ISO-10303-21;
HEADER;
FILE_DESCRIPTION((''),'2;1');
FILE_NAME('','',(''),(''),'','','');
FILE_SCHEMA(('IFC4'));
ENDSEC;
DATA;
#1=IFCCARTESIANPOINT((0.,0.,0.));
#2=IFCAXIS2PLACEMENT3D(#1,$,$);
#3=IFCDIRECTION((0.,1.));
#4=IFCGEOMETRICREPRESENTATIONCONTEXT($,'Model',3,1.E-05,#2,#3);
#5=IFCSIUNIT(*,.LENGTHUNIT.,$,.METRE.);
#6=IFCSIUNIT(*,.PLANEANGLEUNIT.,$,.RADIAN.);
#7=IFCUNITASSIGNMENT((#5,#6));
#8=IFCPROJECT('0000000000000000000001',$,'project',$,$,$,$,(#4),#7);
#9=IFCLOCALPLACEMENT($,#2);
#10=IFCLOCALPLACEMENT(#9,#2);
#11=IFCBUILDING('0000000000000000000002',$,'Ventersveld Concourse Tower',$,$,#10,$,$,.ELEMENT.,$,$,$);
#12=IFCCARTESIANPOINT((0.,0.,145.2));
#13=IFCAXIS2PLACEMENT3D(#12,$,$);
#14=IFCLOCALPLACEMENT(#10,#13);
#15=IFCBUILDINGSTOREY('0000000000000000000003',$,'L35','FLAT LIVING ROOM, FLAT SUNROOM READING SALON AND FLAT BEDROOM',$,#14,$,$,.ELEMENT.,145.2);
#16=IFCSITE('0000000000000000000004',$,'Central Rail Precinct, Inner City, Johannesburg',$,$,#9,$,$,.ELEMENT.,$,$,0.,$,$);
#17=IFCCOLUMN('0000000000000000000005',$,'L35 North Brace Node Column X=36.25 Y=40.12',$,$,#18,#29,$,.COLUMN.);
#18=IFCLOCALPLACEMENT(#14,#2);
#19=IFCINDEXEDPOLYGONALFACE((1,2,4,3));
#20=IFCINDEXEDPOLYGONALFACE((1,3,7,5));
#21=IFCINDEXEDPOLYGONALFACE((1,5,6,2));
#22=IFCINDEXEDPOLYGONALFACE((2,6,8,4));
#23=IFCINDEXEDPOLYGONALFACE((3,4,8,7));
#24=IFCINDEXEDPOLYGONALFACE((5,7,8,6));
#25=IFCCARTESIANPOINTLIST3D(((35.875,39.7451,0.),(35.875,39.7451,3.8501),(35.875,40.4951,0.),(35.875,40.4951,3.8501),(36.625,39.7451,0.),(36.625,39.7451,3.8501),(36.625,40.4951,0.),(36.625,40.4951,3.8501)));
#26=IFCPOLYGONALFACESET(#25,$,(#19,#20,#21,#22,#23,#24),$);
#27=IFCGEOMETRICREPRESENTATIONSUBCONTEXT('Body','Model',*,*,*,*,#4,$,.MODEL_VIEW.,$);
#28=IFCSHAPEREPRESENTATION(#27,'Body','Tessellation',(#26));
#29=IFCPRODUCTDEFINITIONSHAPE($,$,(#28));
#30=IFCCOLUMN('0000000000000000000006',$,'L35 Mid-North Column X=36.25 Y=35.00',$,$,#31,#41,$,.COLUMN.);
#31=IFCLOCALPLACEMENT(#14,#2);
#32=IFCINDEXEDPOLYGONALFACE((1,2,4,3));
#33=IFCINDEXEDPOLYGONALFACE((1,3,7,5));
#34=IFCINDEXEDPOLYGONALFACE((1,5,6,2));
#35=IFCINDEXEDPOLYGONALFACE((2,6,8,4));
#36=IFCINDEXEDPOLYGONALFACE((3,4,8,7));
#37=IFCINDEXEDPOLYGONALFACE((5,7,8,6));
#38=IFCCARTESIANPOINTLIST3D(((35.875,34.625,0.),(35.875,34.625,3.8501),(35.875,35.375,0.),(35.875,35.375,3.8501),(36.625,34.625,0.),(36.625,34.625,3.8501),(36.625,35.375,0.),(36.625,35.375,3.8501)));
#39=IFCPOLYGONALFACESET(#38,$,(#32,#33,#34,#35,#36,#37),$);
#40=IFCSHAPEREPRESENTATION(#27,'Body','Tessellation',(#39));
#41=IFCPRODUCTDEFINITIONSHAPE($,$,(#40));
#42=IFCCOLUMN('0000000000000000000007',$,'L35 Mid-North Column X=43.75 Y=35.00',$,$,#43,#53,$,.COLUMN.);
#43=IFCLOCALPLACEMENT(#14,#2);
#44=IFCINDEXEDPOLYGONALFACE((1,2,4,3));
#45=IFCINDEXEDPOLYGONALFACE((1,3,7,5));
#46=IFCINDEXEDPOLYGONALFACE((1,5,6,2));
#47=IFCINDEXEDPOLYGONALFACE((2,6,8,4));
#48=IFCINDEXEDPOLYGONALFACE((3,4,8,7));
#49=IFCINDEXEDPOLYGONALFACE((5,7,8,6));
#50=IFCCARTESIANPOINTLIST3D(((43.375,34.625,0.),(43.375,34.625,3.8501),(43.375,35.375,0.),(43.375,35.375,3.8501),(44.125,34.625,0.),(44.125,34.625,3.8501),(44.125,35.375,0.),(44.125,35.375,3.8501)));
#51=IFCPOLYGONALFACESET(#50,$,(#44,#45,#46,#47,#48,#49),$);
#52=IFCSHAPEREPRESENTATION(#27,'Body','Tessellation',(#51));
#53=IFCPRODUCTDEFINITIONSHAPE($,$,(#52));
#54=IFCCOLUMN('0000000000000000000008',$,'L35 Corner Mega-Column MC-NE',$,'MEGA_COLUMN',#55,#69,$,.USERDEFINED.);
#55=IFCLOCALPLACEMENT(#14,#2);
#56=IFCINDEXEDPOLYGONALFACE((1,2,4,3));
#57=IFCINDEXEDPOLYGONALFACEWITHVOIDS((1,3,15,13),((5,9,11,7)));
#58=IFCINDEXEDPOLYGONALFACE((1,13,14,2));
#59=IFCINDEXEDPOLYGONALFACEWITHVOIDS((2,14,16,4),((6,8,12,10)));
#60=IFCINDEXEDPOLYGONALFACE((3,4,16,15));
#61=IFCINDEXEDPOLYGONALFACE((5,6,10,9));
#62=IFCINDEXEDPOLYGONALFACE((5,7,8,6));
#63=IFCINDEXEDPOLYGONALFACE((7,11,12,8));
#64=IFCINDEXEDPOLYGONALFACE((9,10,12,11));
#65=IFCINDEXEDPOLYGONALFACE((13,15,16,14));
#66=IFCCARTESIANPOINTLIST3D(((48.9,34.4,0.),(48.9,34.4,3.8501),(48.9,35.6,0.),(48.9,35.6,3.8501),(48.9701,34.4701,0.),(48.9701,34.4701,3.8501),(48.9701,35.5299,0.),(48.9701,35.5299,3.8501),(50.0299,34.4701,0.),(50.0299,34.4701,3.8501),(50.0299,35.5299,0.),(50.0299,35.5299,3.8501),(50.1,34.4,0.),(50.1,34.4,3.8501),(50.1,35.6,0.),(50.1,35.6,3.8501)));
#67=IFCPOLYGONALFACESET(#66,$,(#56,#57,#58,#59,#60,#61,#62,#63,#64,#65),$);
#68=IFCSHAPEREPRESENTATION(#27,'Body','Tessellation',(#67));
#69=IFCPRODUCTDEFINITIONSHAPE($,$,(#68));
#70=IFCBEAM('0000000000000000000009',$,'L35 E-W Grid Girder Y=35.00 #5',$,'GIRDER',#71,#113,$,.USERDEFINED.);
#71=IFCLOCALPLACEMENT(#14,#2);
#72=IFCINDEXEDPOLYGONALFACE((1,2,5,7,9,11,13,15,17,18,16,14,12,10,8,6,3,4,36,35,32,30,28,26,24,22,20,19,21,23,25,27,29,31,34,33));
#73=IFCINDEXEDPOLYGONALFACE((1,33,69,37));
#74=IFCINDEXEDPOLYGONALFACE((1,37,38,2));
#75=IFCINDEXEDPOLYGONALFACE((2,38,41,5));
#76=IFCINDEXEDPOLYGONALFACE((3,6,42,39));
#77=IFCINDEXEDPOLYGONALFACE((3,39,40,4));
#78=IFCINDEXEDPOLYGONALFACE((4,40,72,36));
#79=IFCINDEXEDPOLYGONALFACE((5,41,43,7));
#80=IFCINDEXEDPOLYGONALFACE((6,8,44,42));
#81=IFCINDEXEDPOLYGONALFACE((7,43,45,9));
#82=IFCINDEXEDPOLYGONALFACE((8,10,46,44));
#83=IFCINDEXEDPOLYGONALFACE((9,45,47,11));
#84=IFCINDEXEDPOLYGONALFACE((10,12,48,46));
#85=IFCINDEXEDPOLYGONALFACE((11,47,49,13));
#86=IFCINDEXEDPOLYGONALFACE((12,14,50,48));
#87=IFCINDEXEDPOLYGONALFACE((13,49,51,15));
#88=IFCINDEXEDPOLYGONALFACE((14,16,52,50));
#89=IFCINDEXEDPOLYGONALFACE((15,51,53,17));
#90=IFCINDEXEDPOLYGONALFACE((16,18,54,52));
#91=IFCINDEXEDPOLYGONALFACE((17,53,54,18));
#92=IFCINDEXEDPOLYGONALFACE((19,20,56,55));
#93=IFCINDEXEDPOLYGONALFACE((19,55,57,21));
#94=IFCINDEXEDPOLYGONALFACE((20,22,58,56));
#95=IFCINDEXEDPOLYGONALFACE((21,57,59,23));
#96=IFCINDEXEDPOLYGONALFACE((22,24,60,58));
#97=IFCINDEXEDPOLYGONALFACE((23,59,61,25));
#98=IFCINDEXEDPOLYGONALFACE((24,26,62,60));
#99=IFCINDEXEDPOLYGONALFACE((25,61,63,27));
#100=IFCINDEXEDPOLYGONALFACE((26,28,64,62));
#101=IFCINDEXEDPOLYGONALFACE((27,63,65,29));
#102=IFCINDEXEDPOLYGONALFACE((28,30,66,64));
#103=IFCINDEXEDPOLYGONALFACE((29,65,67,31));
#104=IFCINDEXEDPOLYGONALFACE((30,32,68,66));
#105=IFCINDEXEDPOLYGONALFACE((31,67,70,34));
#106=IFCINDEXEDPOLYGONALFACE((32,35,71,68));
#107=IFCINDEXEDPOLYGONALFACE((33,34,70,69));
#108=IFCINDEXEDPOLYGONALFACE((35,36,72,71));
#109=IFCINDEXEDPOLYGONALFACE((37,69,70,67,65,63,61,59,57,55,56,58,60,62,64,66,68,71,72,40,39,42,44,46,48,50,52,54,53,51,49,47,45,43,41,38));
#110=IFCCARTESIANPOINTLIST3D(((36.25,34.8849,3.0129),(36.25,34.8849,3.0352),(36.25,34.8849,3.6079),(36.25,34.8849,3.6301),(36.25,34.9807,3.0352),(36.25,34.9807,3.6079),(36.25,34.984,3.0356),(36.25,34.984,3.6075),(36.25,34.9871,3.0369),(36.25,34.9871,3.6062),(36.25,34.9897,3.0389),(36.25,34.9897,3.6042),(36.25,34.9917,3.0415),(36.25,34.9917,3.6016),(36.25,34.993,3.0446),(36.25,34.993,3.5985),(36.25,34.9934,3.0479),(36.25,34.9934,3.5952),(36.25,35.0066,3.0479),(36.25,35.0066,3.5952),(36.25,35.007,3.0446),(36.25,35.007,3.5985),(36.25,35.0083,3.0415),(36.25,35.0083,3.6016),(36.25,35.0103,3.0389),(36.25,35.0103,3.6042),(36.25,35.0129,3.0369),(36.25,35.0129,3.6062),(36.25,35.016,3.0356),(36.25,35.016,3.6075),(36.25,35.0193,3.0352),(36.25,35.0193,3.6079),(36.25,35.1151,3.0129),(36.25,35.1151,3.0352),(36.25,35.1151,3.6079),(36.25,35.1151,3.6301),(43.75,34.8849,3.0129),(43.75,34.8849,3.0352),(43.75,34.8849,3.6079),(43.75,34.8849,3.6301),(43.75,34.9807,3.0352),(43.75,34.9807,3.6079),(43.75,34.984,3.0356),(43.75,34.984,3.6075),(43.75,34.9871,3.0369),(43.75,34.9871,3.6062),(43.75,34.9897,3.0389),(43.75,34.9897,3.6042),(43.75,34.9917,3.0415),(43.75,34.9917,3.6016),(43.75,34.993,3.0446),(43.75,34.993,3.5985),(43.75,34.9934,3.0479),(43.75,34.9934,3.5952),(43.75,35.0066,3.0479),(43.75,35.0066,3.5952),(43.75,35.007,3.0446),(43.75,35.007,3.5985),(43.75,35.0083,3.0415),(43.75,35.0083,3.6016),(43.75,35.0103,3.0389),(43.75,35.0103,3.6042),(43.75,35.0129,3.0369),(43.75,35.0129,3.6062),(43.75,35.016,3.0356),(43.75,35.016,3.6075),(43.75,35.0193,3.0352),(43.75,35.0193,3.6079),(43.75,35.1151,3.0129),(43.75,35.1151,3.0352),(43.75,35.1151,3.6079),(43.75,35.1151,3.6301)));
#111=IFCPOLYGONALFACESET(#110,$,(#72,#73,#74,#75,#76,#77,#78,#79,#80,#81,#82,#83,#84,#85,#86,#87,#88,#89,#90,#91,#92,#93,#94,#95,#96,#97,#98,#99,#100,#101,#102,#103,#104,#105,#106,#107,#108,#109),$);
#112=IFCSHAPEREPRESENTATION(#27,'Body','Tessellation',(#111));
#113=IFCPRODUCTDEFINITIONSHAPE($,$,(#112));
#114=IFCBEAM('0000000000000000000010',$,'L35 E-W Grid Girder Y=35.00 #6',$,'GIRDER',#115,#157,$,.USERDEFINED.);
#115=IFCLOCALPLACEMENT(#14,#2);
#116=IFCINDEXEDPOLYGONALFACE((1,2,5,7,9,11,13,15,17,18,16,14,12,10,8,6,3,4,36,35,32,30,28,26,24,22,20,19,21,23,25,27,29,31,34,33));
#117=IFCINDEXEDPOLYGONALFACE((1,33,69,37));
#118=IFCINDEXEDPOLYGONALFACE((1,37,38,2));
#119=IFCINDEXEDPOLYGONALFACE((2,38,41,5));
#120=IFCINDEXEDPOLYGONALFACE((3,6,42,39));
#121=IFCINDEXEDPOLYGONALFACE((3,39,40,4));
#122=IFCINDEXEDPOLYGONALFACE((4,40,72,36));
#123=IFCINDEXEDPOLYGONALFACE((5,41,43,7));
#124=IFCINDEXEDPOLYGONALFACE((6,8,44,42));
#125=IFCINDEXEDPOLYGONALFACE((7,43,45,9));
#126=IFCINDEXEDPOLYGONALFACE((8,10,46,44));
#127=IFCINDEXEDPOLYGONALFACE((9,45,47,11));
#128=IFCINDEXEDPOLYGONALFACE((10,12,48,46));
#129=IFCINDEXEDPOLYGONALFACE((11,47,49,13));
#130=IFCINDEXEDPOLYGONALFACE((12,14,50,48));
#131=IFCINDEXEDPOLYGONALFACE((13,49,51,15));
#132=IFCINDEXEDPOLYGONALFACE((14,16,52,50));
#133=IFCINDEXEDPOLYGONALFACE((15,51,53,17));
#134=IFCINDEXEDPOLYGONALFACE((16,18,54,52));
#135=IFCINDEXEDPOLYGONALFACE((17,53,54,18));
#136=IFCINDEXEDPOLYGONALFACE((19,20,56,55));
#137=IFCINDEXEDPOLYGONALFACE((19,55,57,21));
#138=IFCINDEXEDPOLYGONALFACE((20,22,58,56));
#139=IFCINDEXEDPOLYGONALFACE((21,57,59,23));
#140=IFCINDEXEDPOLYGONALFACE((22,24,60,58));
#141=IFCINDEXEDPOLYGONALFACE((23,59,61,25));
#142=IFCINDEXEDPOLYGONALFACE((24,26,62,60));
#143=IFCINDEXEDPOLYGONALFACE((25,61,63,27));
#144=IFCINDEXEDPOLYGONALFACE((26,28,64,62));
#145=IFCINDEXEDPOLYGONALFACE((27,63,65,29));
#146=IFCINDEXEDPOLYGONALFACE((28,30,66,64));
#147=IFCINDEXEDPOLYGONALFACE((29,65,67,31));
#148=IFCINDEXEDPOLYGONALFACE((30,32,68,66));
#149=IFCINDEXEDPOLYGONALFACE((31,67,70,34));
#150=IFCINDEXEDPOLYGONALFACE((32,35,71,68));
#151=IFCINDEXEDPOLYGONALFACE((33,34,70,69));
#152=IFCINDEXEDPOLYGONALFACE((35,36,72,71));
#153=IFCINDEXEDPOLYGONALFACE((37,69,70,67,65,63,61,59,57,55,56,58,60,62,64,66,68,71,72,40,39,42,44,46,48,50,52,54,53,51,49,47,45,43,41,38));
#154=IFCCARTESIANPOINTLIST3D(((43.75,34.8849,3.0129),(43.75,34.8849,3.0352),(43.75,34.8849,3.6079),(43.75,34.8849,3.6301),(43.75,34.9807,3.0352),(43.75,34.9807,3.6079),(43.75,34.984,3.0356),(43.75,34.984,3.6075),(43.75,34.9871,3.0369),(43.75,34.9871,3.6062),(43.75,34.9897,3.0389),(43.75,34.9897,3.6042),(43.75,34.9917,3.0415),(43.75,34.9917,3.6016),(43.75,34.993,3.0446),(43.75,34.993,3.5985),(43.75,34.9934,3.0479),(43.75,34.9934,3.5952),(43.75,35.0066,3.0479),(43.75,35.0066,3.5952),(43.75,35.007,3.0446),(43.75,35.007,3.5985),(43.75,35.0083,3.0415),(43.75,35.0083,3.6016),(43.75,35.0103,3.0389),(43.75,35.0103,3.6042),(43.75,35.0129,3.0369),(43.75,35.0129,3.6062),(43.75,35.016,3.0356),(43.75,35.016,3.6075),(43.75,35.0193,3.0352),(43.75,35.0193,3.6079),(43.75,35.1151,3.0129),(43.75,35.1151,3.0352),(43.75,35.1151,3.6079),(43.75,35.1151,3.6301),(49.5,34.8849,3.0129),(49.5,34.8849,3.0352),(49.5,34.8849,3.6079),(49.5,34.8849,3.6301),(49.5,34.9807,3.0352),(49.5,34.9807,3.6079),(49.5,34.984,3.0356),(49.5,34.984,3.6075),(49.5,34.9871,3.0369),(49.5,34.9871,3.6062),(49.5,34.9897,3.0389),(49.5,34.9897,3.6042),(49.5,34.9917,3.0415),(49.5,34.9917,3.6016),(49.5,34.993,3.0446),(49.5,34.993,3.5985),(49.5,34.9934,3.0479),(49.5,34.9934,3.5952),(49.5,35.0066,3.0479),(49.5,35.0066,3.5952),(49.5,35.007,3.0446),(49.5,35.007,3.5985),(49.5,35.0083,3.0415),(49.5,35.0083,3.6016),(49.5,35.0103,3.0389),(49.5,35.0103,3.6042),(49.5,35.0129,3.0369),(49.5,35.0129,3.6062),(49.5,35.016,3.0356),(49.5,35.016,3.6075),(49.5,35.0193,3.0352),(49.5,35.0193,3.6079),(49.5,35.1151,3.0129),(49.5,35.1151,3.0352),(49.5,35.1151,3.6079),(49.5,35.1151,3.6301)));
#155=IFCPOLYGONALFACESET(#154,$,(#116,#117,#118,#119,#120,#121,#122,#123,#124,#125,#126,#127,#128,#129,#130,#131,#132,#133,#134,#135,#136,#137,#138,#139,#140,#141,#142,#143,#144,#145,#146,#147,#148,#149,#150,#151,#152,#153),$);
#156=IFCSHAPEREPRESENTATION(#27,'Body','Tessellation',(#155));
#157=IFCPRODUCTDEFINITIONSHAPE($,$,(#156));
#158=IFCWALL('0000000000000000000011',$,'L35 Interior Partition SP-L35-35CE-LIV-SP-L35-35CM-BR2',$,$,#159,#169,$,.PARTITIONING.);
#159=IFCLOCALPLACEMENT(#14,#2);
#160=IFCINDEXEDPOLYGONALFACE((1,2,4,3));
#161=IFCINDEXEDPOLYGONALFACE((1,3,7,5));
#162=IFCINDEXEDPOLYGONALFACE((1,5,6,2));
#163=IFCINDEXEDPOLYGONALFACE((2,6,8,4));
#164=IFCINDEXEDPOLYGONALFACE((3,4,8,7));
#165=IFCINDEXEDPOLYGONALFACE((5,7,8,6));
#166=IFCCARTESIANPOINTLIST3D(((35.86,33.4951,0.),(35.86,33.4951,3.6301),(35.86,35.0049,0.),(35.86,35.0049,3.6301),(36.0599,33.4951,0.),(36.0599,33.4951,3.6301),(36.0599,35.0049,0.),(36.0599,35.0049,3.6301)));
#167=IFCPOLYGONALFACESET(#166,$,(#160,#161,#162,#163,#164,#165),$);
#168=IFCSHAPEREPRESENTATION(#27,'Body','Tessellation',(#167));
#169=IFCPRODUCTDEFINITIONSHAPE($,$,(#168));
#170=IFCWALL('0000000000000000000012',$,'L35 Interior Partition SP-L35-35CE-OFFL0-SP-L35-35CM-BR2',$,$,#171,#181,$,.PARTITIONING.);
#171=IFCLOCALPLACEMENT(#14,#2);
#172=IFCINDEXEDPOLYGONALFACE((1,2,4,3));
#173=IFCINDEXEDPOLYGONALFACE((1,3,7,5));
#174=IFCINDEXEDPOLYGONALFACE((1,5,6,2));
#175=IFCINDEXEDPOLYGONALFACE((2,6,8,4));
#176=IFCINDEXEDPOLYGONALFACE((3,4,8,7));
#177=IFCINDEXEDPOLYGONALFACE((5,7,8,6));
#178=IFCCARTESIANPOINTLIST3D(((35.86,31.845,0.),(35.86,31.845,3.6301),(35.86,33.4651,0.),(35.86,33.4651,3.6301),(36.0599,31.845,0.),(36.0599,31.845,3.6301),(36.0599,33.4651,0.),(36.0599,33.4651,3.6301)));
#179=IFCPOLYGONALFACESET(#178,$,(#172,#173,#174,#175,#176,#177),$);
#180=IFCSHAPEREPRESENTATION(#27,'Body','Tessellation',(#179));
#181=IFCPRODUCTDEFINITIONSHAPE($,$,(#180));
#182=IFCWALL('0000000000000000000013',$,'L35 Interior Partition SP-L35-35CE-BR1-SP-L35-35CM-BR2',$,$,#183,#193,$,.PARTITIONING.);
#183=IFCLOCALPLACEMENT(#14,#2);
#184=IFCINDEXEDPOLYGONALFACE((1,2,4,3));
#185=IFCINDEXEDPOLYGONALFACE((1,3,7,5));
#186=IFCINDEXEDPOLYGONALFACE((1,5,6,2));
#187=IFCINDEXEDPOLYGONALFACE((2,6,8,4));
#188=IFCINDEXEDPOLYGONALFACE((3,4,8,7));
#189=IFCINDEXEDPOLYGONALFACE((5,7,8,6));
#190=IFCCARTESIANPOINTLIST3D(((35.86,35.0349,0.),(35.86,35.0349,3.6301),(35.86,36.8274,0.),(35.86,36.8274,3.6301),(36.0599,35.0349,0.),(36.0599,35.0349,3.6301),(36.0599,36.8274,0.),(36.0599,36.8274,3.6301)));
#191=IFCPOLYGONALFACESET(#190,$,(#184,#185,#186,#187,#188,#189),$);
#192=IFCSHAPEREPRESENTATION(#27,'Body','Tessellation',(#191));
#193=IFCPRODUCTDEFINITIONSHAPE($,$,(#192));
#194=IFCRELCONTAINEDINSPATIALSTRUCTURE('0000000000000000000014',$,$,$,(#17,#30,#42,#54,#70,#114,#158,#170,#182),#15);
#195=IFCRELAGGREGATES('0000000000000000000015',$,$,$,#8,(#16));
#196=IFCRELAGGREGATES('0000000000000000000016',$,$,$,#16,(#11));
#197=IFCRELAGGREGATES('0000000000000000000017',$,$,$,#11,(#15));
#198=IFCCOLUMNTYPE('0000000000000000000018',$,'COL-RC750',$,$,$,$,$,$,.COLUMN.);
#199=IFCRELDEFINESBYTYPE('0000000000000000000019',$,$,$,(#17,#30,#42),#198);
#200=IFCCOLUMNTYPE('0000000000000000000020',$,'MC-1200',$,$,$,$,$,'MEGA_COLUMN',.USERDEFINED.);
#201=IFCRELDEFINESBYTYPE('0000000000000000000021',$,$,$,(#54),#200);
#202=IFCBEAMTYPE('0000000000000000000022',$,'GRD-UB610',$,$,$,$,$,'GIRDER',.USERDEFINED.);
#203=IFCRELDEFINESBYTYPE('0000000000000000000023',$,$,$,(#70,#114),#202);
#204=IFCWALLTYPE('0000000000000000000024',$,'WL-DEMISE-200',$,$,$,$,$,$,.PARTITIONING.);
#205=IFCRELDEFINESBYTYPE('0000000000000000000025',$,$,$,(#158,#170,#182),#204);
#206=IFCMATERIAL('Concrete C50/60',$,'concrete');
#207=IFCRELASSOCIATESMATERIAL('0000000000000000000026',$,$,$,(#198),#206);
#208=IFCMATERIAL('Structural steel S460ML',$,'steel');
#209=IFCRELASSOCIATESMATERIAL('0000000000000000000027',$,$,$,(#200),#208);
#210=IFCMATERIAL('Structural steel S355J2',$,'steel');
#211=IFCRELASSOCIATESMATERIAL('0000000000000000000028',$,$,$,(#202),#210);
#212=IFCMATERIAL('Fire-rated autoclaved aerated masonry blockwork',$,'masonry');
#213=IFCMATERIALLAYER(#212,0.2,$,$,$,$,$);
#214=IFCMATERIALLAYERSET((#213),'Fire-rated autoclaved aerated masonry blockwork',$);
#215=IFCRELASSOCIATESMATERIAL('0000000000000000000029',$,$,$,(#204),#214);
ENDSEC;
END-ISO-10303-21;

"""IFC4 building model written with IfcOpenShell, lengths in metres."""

from ifc_helpers import new_model, si_unit, direction, frame, frame_2d, origin, origin_2d, place, context, subcontext, project, spatial, rectangle, hollow_rectangle, i_section, extrude, material, layer, layer_set, material_profile, profile_set, type_object, element, save


model = new_model("IFC4")

# Units and contexts
model_context = context("Model", 3, precision=1e-05, world=origin(), true_north=direction((0.0, 1.0)))
body_context = subcontext(model_context, "Body", "Model", "MODEL_VIEW")
ifc_project = project(units=[si_unit("LENGTHUNIT", "METRE"), si_unit("PLANEANGLEUNIT", "RADIAN")], contexts=[model_context])

# Site, building, storey
site_placement = place(None, origin())
site = spatial("IfcSite", under=ifc_project, at=site_placement, Name="Central Rail Precinct, Inner City, Johannesburg", CompositionType="ELEMENT", RefElevation=0.0)
building_placement = place(site_placement, origin())
building = spatial("IfcBuilding", under=site, at=building_placement, Name="Ventersveld Concourse Tower", CompositionType="ELEMENT")
storey_placement = place(building_placement, frame((0.0, 0.0, 145.2)))
storey = spatial("IfcBuildingStorey", under=building, at=storey_placement, Name="L35", Description="FLAT LIVING ROOM, FLAT SUNROOM READING SALON AND FLAT BEDROOM", CompositionType="ELEMENT", Elevation=145.2)

# Columns
ifc_material_1 = material(Name="Concrete C50/60", Category="concrete")
ifc_material_profile_1 = material_profile(ifc_material_1, rectangle(XDim=0.75, YDim=0.75, at=origin_2d()), Name="RC 750x750")
ifc_profile_set_1 = profile_set([ifc_material_profile_1], Name="Concrete C50/60")
column_type_1 = type_object("IfcColumnType", Name="COL-RC750", PredefinedType="COLUMN", material=ifc_profile_set_1)
for number, where, z_axis, x_axis, name in (
    (1, (36.25, 40.1201, 0.0), (0.0, 0.0, 1.0), (1.0, 0.0, 0.0), "L35 North Brace Node Column X=36.25 Y=40.12"),
    (2, (36.25, 35.0, 0.0), (0.0, 0.0, 1.0), (1.0, 0.0, 0.0), "L35 Mid-North Column X=36.25 Y=35.00"),
    (3, (43.75, 35.0, 0.0), (0.0, 0.0, 1.0), (1.0, 0.0, 0.0), "L35 Mid-North Column X=43.75 Y=35.00"),
):
    element("IfcColumn", number, at=place(storey_placement, frame(where, z_axis=z_axis, x_axis=x_axis)), inside=storey, type_object=column_type_1, Name=name, PredefinedType="COLUMN", context=body_context, shape_type="SweptSolid", body=[
        extrude(rectangle(XDim=0.75, YDim=0.75, at=origin_2d()), origin(), (0.0, 0.0, 1.0), 3.8501),
    ])
ifc_material_2 = material(Name="Structural steel S460ML", Category="steel")
ifc_material_profile_2 = material_profile(ifc_material_2, hollow_rectangle(XDim=1.2, YDim=1.2, WallThickness=0.0701, at=origin_2d()), Name="BOX 1200x1200x70")
ifc_profile_set_2 = profile_set([ifc_material_profile_2], Name="Structural steel S460ML")
column_type_2 = type_object("IfcColumnType", Name="MC-1200", ElementType="MEGA_COLUMN", PredefinedType="USERDEFINED", material=ifc_profile_set_2)
column_placement = place(storey_placement, frame((49.5, 35.0, 0.0), z_axis=(0.0, 0.0, 1.0), x_axis=(1.0, 0.0, 0.0)))
element("IfcColumn", 4, at=column_placement, inside=storey, type_object=column_type_2, Name="L35 Corner Mega-Column MC-NE", ObjectType="MEGA_COLUMN", PredefinedType="USERDEFINED", context=body_context, shape_type="SweptSolid", body=[
    extrude(hollow_rectangle(XDim=1.2, YDim=1.2, WallThickness=0.0701, at=origin_2d()), origin(), (0.0, 0.0, 1.0), 3.8501),
])

# Beams
ifc_material_3 = material(Name="Structural steel S355J2", Category="steel")
ifc_material_profile_3 = material_profile(ifc_material_3, i_section(OverallWidth=0.2302, OverallDepth=0.6172, WebThickness=0.0132, FlangeThickness=0.0222, FilletRadius=0.0127, at=origin_2d()), Name="UB 610x229x140")
ifc_profile_set_3 = profile_set([ifc_material_profile_3], Name="Structural steel S355J2")
beam_type = type_object("IfcBeamType", Name="GRD-UB610", ElementType="GIRDER", PredefinedType="USERDEFINED", material=ifc_profile_set_3)
beam_1_placement = place(storey_placement, frame((36.25, 35.0, 3.3215), z_axis=(1.0, 0.0, 0.0), x_axis=(0.0, 1.0, 0.0)))
element("IfcBeam", 5, at=beam_1_placement, inside=storey, type_object=beam_type, Name="L35 E-W Grid Girder Y=35.00 #5", ObjectType="GIRDER", PredefinedType="USERDEFINED", context=body_context, shape_type="SweptSolid", body=[
    extrude(i_section(OverallWidth=0.2302, OverallDepth=0.6172, WebThickness=0.0132, FlangeThickness=0.0222, FilletRadius=0.0127, at=origin_2d()), origin(), (0.0, 0.0, 1.0), 7.5),
])
beam_2_placement = place(storey_placement, frame((43.75, 35.0, 3.3215), z_axis=(1.0, 0.0, 0.0), x_axis=(0.0, 1.0, 0.0)))
element("IfcBeam", 6, at=beam_2_placement, inside=storey, type_object=beam_type, Name="L35 E-W Grid Girder Y=35.00 #6", ObjectType="GIRDER", PredefinedType="USERDEFINED", context=body_context, shape_type="SweptSolid", body=[
    extrude(i_section(OverallWidth=0.2302, OverallDepth=0.6172, WebThickness=0.0132, FlangeThickness=0.0222, FilletRadius=0.0127, at=origin_2d()), origin(), (0.0, 0.0, 1.0), 5.75),
])

# Walls
ifc_material_4 = material(Name="Fire-rated autoclaved aerated masonry blockwork", Category="masonry")
ifc_layer_1 = layer(ifc_material_4, 0.2)
ifc_layer_set_1 = layer_set([ifc_layer_1], Name="Fire-rated autoclaved aerated masonry blockwork")
wall_type_1 = type_object("IfcWallType", Name="WL-DEMISE-200", PredefinedType="PARTITIONING", material=ifc_layer_set_1)
wall_1_placement = place(storey_placement, frame((35.96, 33.4951, 0.0), z_axis=(0.0, 0.0, 1.0), x_axis=(0.0, 1.0, 0.0)))
element("IfcWall", 7, at=wall_1_placement, inside=storey, type_object=wall_type_1, Name="L35 Interior Partition SP-L35-35CE-LIV-SP-L35-35CM-BR2", PredefinedType="PARTITIONING", context=body_context, shape_type="SweptSolid", body=[
    extrude(rectangle(XDim=1.5098, YDim=0.2, at=frame_2d((0.7549, 0.0))), origin(), (0.0, 0.0, 1.0), 3.6301),
])
wall_2_placement = place(storey_placement, frame((35.96, 31.845, 0.0), z_axis=(0.0, 0.0, 1.0), x_axis=(0.0, 1.0, 0.0)))
element("IfcWall", 8, at=wall_2_placement, inside=storey, type_object=wall_type_1, Name="L35 Interior Partition SP-L35-35CE-OFFL0-SP-L35-35CM-BR2", PredefinedType="PARTITIONING", context=body_context, shape_type="SweptSolid", body=[
    extrude(rectangle(XDim=1.6201, YDim=0.2, at=frame_2d((0.8101, 0.0))), origin(), (0.0, 0.0, 1.0), 3.6301),
])
wall_3_placement = place(storey_placement, frame((35.96, 35.0349, 0.0), z_axis=(0.0, 0.0, 1.0), x_axis=(0.0, 1.0, 0.0)))
element("IfcWall", 9, at=wall_3_placement, inside=storey, type_object=wall_type_1, Name="L35 Interior Partition SP-L35-35CE-BR1-SP-L35-35CM-BR2", PredefinedType="PARTITIONING", context=body_context, shape_type="SweptSolid", body=[
    extrude(rectangle(XDim=1.7925, YDim=0.2, at=frame_2d((0.8962, 0.0))), origin(), (0.0, 0.0, 1.0), 3.6301),
])

save(model, "model.ifc")
